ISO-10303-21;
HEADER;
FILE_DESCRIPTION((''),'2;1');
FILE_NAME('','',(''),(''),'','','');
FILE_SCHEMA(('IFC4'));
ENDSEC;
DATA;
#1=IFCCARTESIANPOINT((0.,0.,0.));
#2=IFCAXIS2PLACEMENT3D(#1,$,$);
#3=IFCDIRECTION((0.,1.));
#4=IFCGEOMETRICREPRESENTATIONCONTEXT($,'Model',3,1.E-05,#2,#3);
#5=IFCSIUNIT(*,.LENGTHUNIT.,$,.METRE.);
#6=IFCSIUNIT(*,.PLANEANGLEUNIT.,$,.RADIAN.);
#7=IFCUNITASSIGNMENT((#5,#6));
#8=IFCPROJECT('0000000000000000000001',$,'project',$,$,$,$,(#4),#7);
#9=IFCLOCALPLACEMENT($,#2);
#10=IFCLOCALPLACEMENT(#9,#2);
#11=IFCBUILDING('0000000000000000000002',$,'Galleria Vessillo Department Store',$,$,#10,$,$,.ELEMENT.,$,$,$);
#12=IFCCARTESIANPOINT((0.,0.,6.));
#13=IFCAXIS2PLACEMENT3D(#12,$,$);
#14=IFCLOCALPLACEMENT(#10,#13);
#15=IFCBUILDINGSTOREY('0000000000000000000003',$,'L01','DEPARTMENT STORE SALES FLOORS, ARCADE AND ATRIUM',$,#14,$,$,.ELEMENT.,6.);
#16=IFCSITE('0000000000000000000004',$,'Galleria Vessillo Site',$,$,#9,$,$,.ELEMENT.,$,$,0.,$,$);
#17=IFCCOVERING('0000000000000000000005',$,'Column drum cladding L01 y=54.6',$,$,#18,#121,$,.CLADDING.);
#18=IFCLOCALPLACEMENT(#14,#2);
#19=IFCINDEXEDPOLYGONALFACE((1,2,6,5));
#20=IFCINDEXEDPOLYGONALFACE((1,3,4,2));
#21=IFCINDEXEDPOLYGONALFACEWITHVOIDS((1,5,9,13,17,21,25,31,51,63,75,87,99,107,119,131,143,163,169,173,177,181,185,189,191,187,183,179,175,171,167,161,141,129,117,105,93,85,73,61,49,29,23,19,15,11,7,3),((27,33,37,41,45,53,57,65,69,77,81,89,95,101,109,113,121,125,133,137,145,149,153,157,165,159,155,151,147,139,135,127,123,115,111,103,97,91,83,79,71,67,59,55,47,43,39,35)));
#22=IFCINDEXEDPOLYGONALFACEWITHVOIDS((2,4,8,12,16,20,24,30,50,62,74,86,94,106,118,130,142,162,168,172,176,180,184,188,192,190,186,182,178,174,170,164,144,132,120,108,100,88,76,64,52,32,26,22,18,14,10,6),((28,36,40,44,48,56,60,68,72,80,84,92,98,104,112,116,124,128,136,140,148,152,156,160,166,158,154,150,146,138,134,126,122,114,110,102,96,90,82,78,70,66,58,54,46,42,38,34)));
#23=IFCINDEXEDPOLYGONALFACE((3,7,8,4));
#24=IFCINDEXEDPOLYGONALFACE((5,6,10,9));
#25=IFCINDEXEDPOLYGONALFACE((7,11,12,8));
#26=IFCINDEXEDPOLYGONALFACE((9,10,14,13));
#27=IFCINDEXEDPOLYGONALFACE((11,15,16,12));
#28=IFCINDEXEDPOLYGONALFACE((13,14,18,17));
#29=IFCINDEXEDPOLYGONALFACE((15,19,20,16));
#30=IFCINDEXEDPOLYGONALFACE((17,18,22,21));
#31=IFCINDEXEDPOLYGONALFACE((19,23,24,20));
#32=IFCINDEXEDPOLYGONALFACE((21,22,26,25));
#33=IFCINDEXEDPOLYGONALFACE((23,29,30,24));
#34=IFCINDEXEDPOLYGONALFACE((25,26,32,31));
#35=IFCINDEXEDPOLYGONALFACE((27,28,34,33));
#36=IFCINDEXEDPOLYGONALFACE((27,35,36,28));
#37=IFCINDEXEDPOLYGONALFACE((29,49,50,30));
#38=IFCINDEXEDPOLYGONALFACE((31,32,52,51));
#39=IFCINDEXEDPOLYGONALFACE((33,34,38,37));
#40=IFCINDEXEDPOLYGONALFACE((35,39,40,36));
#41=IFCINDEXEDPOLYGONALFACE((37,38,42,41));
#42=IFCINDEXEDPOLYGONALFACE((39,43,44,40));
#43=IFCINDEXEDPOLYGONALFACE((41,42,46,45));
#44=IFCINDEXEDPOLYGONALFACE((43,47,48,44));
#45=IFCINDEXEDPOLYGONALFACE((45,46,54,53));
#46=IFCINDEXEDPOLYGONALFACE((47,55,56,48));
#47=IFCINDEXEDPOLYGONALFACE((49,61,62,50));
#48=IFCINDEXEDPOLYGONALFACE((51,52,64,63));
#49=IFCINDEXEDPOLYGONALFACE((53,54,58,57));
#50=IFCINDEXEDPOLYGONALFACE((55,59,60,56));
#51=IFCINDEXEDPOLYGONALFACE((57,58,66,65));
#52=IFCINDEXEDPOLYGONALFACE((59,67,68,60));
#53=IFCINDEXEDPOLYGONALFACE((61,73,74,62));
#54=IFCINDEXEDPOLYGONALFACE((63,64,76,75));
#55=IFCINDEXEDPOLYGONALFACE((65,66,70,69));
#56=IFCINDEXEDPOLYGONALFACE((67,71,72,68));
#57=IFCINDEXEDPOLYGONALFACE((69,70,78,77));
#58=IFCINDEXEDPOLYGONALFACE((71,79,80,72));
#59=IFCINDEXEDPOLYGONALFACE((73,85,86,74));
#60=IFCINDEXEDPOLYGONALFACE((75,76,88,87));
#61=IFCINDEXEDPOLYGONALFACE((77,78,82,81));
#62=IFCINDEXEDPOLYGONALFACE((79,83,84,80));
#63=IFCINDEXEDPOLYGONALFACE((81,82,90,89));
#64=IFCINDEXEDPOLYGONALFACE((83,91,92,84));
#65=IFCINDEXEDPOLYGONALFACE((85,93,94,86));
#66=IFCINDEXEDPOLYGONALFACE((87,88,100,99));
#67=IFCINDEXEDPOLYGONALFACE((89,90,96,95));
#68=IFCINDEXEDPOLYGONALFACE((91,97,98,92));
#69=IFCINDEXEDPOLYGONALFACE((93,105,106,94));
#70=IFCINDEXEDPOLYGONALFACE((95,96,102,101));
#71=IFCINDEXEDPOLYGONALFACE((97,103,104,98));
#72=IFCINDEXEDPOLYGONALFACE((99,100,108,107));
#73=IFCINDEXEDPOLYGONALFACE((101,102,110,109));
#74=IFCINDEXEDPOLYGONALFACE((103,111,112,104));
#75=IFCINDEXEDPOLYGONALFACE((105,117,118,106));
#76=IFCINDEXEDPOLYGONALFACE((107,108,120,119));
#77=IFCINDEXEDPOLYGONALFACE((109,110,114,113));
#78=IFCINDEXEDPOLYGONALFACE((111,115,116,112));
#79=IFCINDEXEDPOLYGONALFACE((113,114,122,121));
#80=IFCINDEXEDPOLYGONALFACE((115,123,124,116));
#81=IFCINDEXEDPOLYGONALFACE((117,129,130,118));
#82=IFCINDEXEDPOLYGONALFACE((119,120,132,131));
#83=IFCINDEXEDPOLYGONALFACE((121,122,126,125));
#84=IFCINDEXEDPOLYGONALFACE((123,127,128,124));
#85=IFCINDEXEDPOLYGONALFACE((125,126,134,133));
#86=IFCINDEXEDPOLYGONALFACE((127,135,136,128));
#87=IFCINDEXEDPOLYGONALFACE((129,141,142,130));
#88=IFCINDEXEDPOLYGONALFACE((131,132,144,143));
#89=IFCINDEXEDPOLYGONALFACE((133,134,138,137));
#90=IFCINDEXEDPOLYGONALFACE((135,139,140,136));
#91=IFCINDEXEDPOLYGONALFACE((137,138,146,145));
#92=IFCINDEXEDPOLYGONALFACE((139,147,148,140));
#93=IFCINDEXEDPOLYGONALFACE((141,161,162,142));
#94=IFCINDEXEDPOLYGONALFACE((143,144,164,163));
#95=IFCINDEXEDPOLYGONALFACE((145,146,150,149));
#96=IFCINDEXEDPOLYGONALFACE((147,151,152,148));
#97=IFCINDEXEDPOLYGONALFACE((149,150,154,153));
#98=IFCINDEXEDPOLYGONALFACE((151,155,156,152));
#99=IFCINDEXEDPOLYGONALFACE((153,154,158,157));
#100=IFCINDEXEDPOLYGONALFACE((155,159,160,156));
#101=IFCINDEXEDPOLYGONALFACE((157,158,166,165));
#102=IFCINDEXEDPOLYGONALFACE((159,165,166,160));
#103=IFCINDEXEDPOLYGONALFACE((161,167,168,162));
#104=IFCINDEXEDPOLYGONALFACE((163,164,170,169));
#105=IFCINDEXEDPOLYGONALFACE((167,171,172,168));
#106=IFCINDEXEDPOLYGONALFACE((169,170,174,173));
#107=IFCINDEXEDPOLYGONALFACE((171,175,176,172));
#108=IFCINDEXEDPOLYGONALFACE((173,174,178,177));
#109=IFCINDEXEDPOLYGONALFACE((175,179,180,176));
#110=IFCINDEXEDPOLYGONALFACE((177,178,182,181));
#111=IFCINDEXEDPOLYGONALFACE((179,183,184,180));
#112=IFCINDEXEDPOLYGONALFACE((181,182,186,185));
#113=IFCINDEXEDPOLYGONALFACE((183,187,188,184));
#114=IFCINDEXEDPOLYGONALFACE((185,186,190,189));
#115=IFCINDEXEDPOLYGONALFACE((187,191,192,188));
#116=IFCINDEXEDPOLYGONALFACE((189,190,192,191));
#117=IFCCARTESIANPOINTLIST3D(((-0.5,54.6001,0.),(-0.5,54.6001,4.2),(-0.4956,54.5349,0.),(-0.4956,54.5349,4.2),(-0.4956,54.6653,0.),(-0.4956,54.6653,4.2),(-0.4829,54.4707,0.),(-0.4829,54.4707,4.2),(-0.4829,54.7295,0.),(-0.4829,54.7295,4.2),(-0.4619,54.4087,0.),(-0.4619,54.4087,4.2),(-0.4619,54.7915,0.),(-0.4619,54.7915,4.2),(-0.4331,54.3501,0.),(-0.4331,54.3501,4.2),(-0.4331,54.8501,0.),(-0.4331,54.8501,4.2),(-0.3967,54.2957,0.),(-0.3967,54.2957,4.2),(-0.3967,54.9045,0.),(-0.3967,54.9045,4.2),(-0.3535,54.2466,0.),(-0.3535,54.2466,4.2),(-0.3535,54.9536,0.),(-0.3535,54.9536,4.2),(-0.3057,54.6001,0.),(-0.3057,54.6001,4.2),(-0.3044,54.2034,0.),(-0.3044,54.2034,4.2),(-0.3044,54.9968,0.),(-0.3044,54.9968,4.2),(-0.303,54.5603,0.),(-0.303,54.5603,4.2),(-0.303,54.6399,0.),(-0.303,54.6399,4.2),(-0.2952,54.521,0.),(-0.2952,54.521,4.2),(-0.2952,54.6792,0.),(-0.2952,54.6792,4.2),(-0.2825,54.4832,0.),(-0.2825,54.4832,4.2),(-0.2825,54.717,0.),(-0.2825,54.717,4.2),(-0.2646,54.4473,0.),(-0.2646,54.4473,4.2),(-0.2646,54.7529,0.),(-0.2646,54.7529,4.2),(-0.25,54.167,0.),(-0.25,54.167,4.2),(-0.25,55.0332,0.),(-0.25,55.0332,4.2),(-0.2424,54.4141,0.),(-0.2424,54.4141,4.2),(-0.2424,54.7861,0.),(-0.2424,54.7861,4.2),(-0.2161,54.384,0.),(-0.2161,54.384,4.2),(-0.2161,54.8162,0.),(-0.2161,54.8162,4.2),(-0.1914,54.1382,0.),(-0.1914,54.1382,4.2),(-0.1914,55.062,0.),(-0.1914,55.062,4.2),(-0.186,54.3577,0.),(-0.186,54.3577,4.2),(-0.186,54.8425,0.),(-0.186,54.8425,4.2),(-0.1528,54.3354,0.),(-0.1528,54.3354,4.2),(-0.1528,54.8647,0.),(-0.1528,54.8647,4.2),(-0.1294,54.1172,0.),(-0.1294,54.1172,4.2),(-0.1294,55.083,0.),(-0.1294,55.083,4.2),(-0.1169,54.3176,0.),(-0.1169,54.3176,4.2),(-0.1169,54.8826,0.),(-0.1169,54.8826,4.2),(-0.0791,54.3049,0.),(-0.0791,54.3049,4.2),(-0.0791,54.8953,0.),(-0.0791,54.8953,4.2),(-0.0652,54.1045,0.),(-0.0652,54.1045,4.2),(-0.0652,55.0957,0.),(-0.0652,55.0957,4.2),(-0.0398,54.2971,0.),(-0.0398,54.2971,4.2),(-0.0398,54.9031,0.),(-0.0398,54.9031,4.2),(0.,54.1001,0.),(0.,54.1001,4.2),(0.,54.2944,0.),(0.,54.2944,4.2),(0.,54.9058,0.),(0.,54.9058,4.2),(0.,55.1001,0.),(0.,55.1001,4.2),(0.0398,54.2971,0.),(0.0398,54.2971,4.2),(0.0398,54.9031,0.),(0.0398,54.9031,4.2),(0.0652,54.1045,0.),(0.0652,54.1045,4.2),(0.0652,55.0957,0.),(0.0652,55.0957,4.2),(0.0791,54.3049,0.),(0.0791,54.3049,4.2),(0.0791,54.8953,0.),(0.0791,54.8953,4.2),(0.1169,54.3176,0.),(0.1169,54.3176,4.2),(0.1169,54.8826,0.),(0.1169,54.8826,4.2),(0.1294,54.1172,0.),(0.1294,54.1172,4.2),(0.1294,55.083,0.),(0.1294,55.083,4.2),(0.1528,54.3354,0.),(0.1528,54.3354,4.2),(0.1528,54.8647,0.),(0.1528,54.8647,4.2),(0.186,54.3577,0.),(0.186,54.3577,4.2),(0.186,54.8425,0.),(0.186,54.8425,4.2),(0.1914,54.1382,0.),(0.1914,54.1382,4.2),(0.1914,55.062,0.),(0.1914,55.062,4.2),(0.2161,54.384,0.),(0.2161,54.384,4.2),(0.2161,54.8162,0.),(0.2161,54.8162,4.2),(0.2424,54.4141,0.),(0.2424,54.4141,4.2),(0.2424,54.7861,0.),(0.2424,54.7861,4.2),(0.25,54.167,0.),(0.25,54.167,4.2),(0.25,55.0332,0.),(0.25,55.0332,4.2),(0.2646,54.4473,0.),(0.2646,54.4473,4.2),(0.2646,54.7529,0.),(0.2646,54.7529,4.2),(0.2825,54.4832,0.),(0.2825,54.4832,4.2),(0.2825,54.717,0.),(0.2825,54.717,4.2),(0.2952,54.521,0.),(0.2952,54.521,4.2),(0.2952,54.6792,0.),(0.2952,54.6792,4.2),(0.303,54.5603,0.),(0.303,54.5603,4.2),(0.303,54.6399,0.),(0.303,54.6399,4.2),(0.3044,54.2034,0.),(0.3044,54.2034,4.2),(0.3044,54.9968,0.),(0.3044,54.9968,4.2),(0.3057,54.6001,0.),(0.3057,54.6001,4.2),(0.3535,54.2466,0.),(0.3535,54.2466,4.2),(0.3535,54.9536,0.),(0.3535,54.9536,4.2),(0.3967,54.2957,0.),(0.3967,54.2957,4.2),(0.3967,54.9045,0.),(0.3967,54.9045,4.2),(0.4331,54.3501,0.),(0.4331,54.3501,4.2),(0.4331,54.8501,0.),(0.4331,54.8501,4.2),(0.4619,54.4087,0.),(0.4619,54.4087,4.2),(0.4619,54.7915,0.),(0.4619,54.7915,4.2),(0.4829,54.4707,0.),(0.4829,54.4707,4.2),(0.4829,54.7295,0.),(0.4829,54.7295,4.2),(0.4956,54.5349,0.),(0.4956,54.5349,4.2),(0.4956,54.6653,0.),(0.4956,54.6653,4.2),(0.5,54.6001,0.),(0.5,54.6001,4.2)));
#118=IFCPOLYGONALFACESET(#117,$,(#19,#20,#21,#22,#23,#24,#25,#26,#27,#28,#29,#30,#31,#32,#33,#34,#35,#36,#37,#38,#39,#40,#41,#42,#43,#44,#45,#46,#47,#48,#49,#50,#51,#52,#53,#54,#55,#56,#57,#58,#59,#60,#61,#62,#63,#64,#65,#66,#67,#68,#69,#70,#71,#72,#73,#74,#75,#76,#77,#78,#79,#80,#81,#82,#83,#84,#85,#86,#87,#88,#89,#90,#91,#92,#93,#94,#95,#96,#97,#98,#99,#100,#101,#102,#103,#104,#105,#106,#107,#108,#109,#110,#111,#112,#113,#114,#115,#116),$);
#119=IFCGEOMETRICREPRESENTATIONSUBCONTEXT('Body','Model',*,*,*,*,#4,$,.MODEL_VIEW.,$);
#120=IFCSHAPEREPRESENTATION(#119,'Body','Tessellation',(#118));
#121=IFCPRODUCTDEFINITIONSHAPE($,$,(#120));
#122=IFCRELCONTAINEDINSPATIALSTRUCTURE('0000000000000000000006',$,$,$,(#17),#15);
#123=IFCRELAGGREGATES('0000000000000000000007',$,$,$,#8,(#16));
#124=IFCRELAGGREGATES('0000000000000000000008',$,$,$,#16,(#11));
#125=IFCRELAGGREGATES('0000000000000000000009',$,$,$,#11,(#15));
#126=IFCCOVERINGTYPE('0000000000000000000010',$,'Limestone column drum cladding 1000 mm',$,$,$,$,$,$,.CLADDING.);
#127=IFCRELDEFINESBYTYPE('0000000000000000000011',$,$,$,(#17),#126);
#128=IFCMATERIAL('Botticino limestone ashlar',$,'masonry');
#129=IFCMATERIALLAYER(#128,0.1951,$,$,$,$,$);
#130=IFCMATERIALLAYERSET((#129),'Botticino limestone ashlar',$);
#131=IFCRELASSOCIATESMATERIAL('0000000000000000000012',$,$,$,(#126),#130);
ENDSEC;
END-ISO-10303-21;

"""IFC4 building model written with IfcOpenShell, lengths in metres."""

from ifc_helpers import new_model, si_unit, direction, frame, origin, place, context, subcontext, project, spatial, polyline, outline, extrude, material, layer, layer_set, type_object, element, save


model = new_model("IFC4")

# Units and contexts
model_context = context("Model", 3, precision=1e-05, world=origin(), true_north=direction((0.0, 1.0)))
body_context = subcontext(model_context, "Body", "Model", "MODEL_VIEW")
ifc_project = project(units=[si_unit("LENGTHUNIT", "METRE"), si_unit("PLANEANGLEUNIT", "RADIAN")], contexts=[model_context])

# Site, building, storey
site_placement = place(None, origin())
site = spatial("IfcSite", under=ifc_project, at=site_placement, Name="Galleria Vessillo Site", CompositionType="ELEMENT", RefElevation=0.0)
building_placement = place(site_placement, origin())
building = spatial("IfcBuilding", under=site, at=building_placement, Name="Galleria Vessillo Department Store", CompositionType="ELEMENT")
storey_placement = place(building_placement, frame((0.0, 0.0, 6.0)))
storey = spatial("IfcBuildingStorey", under=building, at=storey_placement, Name="L01", Description="DEPARTMENT STORE SALES FLOORS, ARCADE AND ATRIUM", CompositionType="ELEMENT", Elevation=6.0)

# Covering
ifc_material_1 = material(Name="Botticino limestone ashlar", Category="masonry")
ifc_layer_1 = layer(ifc_material_1, 0.1951)
ifc_layer_set_1 = layer_set([ifc_layer_1], Name="Botticino limestone ashlar")
covering_type_1 = type_object("IfcCoveringType", Name="Limestone column drum cladding 1000 mm", PredefinedType="CLADDING", material=ifc_layer_set_1)
covering_1_placement = place(storey_placement, origin())
element("IfcCovering", 1, at=covering_1_placement, inside=storey, type_object=covering_type_1, Name="Column drum cladding L01 y=54.6", PredefinedType="CLADDING", context=body_context, shape_type="SweptSolid", body=[
    extrude(outline(polyline([(0.5, 54.6001), (0.4956, 54.6653), (0.4829, 54.7295), (0.4619, 54.7915), (0.4331, 54.8501), (0.3967, 54.9045), (0.3535, 54.9536), (0.3044, 54.9968), (0.25, 55.0332), (0.1914, 55.062), (0.1294, 55.083), (0.0652, 55.0957), (0.0, 55.1001), (-0.0652, 55.0957), (-0.1294, 55.083), (-0.1914, 55.062), (-0.25, 55.0332), (-0.3044, 54.9968), (-0.3535, 54.9536), (-0.3967, 54.9045), (-0.4331, 54.8501), (-0.4619, 54.7915), (-0.4829, 54.7295), (-0.4956, 54.6653), (-0.5, 54.6001), (-0.4956, 54.5349), (-0.4829, 54.4707), (-0.4619, 54.4087), (-0.4331, 54.3501), (-0.3967, 54.2957), (-0.3535, 54.2466), (-0.3044, 54.2034), (-0.25, 54.167), (-0.1914, 54.1382), (-0.1294, 54.1172), (-0.0652, 54.1045), (0.0, 54.1001), (0.0652, 54.1045), (0.1294, 54.1172), (0.1914, 54.1382), (0.25, 54.167), (0.3044, 54.2034), (0.3535, 54.2466), (0.3967, 54.2957), (0.4331, 54.3501), (0.4619, 54.4087), (0.4829, 54.4707), (0.4956, 54.5349), (0.5, 54.6001)]), holes=[polyline([(0.3057, 54.6001), (0.303, 54.6399), (0.2952, 54.6792), (0.2825, 54.717), (0.2646, 54.7529), (0.2424, 54.7861), (0.2161, 54.8162), (0.186, 54.8425), (0.1528, 54.8647), (0.1169, 54.8826), (0.0791, 54.8953), (0.0398, 54.9031), (0.0, 54.9058), (-0.0398, 54.9031), (-0.0791, 54.8953), (-0.1169, 54.8826), (-0.1528, 54.8647), (-0.186, 54.8425), (-0.2161, 54.8162), (-0.2424, 54.7861), (-0.2646, 54.7529), (-0.2825, 54.717), (-0.2952, 54.6792), (-0.303, 54.6399), (-0.3057, 54.6001), (-0.303, 54.5603), (-0.2952, 54.521), (-0.2825, 54.4832), (-0.2646, 54.4473), (-0.2424, 54.4141), (-0.2161, 54.384), (-0.186, 54.3577), (-0.1528, 54.3354), (-0.1169, 54.3176), (-0.0791, 54.3049), (-0.0398, 54.2971), (0.0, 54.2944), (0.0398, 54.2971), (0.0791, 54.3049), (0.1169, 54.3176), (0.1528, 54.3354), (0.186, 54.3577), (0.2161, 54.384), (0.2424, 54.4141), (0.2646, 54.4473), (0.2825, 54.4832), (0.2952, 54.521), (0.303, 54.5603), (0.3057, 54.6001)])]), origin(), (0.0, 0.0, 1.0), 4.2),
])

save(model, "model.ifc")
